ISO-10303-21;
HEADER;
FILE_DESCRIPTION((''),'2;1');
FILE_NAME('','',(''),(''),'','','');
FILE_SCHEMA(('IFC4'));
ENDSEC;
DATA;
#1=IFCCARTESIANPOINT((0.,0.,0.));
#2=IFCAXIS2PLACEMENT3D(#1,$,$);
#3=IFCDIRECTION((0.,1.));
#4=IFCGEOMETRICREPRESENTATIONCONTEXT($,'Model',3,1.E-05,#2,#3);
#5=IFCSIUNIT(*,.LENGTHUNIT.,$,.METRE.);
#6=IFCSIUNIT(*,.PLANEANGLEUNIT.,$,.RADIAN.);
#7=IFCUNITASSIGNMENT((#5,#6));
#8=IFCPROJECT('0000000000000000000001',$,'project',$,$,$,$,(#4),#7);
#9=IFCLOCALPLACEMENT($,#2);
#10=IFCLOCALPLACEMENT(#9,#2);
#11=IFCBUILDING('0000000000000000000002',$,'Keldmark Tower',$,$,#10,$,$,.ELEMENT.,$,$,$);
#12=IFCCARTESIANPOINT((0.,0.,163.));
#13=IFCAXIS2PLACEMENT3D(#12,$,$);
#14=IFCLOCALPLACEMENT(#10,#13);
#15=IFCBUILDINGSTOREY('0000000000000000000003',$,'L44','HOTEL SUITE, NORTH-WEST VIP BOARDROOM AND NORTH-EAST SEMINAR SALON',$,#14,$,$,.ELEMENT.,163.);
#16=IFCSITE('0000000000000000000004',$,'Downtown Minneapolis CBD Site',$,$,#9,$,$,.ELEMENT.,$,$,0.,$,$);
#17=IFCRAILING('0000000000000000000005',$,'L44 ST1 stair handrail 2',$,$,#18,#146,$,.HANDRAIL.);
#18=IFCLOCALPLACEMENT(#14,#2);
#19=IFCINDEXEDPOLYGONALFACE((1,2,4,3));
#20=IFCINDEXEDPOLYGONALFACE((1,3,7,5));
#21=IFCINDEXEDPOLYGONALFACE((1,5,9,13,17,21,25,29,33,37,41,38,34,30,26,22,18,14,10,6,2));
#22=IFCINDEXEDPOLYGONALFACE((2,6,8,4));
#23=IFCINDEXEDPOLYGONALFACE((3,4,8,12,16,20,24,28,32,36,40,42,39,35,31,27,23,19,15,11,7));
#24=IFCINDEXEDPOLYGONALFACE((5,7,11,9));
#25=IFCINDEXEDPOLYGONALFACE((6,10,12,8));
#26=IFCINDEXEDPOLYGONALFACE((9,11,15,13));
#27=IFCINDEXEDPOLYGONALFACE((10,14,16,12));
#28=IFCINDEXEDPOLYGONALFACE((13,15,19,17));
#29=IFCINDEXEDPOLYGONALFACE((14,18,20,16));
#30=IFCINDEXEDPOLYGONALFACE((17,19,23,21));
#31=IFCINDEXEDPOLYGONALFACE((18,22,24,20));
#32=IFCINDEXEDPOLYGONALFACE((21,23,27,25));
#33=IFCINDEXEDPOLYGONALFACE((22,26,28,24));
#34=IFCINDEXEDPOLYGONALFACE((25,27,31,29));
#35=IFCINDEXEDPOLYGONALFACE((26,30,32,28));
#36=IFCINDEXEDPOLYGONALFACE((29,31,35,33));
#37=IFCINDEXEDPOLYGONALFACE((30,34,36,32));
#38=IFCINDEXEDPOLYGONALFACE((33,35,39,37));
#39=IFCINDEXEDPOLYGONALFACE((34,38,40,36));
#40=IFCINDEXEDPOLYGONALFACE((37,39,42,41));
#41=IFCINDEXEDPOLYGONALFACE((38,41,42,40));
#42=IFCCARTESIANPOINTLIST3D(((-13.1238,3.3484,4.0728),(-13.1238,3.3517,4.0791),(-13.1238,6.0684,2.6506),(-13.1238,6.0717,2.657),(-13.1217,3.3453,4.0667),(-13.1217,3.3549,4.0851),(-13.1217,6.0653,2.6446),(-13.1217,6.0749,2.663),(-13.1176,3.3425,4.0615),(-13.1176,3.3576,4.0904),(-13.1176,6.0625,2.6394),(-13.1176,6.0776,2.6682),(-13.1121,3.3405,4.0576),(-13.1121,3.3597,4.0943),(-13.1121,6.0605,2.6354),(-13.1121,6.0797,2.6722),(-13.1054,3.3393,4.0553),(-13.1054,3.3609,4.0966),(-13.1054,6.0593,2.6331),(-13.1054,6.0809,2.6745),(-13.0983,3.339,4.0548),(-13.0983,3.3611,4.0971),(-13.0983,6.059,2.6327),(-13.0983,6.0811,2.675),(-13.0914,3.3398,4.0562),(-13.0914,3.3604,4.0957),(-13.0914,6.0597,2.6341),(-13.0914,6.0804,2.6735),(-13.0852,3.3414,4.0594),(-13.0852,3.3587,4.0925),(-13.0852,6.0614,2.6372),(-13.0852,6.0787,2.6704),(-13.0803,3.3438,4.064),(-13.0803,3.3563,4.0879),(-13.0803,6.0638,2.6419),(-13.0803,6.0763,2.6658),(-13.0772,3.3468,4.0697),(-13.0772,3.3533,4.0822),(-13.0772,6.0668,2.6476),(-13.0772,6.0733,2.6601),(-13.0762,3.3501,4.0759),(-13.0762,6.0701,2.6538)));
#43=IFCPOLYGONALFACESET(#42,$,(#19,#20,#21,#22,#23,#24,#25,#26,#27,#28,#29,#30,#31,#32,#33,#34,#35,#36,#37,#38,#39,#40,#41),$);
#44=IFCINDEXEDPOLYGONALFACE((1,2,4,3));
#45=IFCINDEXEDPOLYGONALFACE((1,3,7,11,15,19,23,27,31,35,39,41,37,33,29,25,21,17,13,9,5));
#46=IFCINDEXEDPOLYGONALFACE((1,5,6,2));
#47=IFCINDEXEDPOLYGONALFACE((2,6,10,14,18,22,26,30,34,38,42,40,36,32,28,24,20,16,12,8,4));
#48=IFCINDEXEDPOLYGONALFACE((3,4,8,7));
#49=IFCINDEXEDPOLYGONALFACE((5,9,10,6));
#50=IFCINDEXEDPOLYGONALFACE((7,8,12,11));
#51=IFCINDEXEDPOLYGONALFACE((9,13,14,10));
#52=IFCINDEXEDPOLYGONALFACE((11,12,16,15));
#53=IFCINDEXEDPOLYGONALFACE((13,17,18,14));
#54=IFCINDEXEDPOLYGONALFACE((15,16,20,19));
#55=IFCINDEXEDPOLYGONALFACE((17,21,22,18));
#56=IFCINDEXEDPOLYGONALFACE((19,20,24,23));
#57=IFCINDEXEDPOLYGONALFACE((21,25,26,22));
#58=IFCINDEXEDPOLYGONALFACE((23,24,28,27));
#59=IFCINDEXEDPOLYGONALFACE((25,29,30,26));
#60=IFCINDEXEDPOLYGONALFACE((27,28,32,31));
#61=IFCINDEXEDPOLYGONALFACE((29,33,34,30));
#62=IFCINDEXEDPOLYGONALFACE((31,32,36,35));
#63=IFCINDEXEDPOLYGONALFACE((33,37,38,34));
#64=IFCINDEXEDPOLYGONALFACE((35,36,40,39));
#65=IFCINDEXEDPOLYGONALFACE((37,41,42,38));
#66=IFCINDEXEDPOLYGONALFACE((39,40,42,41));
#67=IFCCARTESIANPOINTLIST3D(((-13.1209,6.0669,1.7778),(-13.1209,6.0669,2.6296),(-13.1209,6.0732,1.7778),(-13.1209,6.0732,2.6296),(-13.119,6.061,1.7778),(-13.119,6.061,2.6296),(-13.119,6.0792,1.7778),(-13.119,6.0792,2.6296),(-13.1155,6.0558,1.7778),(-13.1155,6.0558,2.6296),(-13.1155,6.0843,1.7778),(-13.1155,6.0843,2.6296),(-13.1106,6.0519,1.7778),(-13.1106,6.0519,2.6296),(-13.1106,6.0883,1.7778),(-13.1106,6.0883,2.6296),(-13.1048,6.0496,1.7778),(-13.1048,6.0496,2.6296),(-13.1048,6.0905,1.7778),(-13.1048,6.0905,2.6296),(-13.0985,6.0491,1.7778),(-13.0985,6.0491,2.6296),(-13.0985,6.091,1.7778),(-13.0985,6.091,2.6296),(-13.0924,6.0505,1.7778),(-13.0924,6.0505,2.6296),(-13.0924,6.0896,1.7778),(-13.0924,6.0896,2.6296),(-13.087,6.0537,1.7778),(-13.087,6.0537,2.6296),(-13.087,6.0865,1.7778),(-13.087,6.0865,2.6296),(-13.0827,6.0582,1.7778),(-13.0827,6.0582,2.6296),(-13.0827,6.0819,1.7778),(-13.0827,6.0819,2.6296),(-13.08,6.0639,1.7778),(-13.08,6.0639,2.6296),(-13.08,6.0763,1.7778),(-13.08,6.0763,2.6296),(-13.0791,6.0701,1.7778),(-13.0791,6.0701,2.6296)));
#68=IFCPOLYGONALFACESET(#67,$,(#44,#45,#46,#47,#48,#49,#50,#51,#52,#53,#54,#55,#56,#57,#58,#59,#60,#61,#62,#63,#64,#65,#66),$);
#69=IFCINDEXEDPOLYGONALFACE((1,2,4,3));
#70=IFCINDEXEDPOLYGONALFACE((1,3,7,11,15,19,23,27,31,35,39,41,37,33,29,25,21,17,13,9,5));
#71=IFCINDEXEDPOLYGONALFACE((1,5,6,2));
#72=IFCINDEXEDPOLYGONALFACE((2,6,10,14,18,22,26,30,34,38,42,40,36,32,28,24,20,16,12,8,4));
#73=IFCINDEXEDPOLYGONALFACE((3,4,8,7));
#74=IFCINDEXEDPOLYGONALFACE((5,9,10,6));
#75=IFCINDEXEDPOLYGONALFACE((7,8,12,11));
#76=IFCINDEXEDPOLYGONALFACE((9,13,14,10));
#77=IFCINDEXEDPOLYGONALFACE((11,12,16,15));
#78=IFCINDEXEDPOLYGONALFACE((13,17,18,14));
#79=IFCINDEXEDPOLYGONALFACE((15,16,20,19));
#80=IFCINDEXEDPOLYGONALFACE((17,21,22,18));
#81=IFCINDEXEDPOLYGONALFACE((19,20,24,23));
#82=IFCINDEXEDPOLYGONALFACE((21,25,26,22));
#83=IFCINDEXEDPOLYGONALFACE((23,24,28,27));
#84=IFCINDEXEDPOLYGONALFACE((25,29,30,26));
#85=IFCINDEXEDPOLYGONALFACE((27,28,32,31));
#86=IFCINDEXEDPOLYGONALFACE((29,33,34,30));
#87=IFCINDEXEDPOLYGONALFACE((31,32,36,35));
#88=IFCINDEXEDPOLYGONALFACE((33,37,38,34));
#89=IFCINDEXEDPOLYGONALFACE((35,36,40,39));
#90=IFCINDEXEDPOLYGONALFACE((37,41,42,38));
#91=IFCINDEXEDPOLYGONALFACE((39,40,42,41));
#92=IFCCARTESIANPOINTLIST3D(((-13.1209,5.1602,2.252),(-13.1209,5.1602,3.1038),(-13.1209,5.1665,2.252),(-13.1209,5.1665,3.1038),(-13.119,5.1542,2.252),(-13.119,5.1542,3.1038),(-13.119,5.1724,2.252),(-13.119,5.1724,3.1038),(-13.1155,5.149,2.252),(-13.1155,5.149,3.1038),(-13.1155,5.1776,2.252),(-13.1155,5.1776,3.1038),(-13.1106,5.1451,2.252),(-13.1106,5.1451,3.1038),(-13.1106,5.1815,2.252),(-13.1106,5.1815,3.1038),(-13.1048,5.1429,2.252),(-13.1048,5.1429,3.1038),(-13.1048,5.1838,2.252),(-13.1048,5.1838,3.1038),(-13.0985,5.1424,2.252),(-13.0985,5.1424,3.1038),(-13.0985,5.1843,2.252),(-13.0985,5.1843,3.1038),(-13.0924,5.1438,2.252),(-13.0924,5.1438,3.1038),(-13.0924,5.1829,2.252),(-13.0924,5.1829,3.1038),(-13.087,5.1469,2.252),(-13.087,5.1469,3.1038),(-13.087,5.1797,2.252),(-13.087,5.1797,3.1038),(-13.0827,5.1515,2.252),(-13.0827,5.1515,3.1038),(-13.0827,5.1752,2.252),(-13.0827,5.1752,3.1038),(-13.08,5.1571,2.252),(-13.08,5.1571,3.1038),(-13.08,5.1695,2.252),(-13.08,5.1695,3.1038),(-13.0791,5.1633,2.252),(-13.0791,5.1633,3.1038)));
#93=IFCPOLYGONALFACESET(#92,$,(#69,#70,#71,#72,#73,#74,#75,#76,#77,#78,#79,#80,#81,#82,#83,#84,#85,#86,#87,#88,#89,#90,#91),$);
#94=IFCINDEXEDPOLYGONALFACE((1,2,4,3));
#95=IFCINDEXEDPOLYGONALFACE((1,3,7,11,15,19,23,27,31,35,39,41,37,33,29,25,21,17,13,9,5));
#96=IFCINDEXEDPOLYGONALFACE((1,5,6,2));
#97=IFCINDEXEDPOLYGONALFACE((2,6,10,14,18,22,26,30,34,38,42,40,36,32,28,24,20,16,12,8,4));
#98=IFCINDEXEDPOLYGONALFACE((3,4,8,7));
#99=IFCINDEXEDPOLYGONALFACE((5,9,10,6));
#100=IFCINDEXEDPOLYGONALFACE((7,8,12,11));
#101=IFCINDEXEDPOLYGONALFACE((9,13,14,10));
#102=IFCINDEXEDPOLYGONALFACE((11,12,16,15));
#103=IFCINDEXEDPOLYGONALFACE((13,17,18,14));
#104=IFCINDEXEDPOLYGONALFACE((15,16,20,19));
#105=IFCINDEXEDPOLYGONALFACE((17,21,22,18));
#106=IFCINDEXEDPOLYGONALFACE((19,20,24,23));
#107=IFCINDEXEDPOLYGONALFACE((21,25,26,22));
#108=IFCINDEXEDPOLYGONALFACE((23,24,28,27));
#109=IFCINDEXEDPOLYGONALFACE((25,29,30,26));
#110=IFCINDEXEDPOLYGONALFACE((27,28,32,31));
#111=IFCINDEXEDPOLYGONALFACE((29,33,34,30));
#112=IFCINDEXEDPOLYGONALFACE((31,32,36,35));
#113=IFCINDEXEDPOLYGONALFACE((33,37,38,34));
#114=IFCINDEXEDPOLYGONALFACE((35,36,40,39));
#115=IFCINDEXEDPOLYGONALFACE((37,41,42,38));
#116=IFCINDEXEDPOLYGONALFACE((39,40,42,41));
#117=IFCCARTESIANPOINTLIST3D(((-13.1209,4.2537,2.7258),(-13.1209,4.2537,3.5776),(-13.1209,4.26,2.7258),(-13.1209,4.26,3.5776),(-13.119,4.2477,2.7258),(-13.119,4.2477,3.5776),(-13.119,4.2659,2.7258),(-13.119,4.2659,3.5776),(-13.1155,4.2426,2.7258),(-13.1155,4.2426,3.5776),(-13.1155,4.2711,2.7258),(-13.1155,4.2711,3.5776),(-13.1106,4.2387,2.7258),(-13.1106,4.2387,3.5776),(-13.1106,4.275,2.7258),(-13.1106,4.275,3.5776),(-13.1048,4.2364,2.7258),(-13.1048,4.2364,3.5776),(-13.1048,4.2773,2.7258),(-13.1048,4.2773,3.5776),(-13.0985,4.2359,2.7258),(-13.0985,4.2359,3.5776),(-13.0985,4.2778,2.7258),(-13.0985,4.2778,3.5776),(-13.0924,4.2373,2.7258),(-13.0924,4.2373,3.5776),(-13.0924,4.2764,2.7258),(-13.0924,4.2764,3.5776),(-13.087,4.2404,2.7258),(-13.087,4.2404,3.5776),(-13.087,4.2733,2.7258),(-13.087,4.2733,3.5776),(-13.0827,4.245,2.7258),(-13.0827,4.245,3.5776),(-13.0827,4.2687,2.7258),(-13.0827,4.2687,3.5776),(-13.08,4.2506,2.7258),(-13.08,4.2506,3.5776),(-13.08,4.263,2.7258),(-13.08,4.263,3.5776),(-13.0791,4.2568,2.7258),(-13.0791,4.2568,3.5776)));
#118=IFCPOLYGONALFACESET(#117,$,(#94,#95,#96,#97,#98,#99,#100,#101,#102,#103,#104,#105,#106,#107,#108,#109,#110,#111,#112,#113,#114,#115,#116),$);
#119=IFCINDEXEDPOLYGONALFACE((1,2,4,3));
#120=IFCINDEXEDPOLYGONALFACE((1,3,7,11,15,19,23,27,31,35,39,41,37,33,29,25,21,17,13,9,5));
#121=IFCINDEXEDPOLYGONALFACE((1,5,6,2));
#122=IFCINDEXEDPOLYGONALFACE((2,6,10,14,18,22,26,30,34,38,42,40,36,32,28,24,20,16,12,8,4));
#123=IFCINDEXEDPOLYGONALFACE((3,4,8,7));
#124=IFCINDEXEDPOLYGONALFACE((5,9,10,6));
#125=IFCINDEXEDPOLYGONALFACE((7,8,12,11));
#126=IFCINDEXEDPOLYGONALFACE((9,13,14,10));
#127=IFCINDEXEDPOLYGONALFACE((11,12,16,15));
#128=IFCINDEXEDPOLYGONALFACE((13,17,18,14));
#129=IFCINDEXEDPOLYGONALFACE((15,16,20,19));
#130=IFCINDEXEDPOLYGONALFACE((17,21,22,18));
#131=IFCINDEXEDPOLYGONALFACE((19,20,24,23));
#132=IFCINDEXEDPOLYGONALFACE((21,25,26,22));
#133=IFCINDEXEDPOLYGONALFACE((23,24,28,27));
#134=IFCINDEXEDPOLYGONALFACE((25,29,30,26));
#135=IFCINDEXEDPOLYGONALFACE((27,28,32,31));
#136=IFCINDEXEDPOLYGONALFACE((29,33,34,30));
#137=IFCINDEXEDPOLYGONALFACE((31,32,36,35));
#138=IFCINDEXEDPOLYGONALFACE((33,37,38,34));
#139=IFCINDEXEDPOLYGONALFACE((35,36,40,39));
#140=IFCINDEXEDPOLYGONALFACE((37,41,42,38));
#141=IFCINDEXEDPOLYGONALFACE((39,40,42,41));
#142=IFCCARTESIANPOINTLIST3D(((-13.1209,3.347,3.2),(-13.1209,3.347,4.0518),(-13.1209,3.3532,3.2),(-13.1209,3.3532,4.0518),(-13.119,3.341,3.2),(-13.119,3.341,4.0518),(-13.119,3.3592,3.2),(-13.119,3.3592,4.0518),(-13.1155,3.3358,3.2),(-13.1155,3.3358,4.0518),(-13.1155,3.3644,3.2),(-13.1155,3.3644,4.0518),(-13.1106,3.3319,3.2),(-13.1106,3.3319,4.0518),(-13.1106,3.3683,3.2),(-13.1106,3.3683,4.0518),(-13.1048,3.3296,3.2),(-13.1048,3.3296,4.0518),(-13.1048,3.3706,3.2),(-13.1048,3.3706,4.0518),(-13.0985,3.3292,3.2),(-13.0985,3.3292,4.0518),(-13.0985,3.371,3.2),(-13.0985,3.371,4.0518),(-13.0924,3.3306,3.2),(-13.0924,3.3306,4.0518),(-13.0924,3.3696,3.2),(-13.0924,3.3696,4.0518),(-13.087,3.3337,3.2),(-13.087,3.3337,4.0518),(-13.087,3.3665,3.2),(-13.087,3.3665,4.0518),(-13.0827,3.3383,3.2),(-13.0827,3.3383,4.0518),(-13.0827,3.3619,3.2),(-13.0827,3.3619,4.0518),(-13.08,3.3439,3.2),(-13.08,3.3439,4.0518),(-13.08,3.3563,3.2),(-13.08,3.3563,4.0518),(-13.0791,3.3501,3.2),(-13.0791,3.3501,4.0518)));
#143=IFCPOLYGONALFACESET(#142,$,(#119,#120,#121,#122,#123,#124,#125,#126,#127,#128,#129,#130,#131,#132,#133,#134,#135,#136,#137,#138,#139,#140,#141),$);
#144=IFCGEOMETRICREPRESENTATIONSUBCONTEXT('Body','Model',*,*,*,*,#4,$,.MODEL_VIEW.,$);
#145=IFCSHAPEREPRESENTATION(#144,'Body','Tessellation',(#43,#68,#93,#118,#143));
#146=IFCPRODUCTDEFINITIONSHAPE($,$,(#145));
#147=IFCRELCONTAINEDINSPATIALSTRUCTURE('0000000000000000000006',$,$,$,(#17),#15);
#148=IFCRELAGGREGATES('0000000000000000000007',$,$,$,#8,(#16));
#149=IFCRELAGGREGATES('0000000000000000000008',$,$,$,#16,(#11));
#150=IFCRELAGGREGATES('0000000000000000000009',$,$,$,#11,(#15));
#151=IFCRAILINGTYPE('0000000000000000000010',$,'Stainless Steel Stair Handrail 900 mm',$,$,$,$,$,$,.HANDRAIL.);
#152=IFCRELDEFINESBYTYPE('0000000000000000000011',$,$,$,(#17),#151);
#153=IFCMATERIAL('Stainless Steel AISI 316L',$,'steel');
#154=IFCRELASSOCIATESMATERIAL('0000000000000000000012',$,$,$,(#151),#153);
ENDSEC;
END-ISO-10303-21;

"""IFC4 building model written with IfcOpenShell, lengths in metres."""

from ifc_helpers import new_model, si_unit, direction, frame, origin, origin_2d, place, context, subcontext, project, spatial, circle, extrude, material, type_object, element, save


model = new_model("IFC4")

# Units and contexts
model_context = context("Model", 3, precision=1e-05, world=origin(), true_north=direction((0.0, 1.0)))
body_context = subcontext(model_context, "Body", "Model", "MODEL_VIEW")
ifc_project = project(units=[si_unit("LENGTHUNIT", "METRE"), si_unit("PLANEANGLEUNIT", "RADIAN")], contexts=[model_context])

# Site, building, storey
site_placement = place(None, origin())
site = spatial("IfcSite", under=ifc_project, at=site_placement, Name="Downtown Minneapolis CBD Site", CompositionType="ELEMENT", RefElevation=0.0)
building_placement = place(site_placement, origin())
building = spatial("IfcBuilding", under=site, at=building_placement, Name="Keldmark Tower", CompositionType="ELEMENT")
storey_placement = place(building_placement, frame((0.0, 0.0, 163.0)))
storey = spatial("IfcBuildingStorey", under=building, at=storey_placement, Name="L44", Description="HOTEL SUITE, NORTH-WEST VIP BOARDROOM AND NORTH-EAST SEMINAR SALON", CompositionType="ELEMENT", Elevation=163.0)

# Railing
ifc_material_1 = material(Name="Stainless Steel AISI 316L", Category="steel")
railing_type = type_object("IfcRailingType", Name="Stainless Steel Stair Handrail 900 mm", PredefinedType="HANDRAIL", material=ifc_material_1)
railing_placement = place(storey_placement, frame((-13.1001, 6.0701, 1.7778)))
element("IfcRailing", 1, at=railing_placement, inside=storey, type_object=railing_type, Name="L44 ST1 stair handrail 2", PredefinedType="HANDRAIL", context=body_context, shape_type="SweptSolid", body=[
    extrude(circle(Radius=0.0239, at=origin_2d()), frame((0.0, 0.0, 0.876), z_axis=(0.0, -0.886183, 0.463335), x_axis=(1.0, 0.0, 0.0)), (0.0, 0.0, 1.0), 3.0693),
    extrude(circle(Radius=0.021, at=origin_2d()), origin(), (0.0, 0.0, 1.0), 0.8518),
    extrude(circle(Radius=0.021, at=origin_2d()), frame((0.0, -0.9067, 0.4741)), (0.0, 0.0, 1.0), 0.8518),
    extrude(circle(Radius=0.021, at=origin_2d()), frame((0.0, -1.8132, 0.948)), (0.0, 0.0, 1.0), 0.8518),
    extrude(circle(Radius=0.021, at=origin_2d()), frame((0.0, -2.72, 1.4221)), (0.0, 0.0, 1.0), 0.8518),
])

save(model, "model.ifc")
